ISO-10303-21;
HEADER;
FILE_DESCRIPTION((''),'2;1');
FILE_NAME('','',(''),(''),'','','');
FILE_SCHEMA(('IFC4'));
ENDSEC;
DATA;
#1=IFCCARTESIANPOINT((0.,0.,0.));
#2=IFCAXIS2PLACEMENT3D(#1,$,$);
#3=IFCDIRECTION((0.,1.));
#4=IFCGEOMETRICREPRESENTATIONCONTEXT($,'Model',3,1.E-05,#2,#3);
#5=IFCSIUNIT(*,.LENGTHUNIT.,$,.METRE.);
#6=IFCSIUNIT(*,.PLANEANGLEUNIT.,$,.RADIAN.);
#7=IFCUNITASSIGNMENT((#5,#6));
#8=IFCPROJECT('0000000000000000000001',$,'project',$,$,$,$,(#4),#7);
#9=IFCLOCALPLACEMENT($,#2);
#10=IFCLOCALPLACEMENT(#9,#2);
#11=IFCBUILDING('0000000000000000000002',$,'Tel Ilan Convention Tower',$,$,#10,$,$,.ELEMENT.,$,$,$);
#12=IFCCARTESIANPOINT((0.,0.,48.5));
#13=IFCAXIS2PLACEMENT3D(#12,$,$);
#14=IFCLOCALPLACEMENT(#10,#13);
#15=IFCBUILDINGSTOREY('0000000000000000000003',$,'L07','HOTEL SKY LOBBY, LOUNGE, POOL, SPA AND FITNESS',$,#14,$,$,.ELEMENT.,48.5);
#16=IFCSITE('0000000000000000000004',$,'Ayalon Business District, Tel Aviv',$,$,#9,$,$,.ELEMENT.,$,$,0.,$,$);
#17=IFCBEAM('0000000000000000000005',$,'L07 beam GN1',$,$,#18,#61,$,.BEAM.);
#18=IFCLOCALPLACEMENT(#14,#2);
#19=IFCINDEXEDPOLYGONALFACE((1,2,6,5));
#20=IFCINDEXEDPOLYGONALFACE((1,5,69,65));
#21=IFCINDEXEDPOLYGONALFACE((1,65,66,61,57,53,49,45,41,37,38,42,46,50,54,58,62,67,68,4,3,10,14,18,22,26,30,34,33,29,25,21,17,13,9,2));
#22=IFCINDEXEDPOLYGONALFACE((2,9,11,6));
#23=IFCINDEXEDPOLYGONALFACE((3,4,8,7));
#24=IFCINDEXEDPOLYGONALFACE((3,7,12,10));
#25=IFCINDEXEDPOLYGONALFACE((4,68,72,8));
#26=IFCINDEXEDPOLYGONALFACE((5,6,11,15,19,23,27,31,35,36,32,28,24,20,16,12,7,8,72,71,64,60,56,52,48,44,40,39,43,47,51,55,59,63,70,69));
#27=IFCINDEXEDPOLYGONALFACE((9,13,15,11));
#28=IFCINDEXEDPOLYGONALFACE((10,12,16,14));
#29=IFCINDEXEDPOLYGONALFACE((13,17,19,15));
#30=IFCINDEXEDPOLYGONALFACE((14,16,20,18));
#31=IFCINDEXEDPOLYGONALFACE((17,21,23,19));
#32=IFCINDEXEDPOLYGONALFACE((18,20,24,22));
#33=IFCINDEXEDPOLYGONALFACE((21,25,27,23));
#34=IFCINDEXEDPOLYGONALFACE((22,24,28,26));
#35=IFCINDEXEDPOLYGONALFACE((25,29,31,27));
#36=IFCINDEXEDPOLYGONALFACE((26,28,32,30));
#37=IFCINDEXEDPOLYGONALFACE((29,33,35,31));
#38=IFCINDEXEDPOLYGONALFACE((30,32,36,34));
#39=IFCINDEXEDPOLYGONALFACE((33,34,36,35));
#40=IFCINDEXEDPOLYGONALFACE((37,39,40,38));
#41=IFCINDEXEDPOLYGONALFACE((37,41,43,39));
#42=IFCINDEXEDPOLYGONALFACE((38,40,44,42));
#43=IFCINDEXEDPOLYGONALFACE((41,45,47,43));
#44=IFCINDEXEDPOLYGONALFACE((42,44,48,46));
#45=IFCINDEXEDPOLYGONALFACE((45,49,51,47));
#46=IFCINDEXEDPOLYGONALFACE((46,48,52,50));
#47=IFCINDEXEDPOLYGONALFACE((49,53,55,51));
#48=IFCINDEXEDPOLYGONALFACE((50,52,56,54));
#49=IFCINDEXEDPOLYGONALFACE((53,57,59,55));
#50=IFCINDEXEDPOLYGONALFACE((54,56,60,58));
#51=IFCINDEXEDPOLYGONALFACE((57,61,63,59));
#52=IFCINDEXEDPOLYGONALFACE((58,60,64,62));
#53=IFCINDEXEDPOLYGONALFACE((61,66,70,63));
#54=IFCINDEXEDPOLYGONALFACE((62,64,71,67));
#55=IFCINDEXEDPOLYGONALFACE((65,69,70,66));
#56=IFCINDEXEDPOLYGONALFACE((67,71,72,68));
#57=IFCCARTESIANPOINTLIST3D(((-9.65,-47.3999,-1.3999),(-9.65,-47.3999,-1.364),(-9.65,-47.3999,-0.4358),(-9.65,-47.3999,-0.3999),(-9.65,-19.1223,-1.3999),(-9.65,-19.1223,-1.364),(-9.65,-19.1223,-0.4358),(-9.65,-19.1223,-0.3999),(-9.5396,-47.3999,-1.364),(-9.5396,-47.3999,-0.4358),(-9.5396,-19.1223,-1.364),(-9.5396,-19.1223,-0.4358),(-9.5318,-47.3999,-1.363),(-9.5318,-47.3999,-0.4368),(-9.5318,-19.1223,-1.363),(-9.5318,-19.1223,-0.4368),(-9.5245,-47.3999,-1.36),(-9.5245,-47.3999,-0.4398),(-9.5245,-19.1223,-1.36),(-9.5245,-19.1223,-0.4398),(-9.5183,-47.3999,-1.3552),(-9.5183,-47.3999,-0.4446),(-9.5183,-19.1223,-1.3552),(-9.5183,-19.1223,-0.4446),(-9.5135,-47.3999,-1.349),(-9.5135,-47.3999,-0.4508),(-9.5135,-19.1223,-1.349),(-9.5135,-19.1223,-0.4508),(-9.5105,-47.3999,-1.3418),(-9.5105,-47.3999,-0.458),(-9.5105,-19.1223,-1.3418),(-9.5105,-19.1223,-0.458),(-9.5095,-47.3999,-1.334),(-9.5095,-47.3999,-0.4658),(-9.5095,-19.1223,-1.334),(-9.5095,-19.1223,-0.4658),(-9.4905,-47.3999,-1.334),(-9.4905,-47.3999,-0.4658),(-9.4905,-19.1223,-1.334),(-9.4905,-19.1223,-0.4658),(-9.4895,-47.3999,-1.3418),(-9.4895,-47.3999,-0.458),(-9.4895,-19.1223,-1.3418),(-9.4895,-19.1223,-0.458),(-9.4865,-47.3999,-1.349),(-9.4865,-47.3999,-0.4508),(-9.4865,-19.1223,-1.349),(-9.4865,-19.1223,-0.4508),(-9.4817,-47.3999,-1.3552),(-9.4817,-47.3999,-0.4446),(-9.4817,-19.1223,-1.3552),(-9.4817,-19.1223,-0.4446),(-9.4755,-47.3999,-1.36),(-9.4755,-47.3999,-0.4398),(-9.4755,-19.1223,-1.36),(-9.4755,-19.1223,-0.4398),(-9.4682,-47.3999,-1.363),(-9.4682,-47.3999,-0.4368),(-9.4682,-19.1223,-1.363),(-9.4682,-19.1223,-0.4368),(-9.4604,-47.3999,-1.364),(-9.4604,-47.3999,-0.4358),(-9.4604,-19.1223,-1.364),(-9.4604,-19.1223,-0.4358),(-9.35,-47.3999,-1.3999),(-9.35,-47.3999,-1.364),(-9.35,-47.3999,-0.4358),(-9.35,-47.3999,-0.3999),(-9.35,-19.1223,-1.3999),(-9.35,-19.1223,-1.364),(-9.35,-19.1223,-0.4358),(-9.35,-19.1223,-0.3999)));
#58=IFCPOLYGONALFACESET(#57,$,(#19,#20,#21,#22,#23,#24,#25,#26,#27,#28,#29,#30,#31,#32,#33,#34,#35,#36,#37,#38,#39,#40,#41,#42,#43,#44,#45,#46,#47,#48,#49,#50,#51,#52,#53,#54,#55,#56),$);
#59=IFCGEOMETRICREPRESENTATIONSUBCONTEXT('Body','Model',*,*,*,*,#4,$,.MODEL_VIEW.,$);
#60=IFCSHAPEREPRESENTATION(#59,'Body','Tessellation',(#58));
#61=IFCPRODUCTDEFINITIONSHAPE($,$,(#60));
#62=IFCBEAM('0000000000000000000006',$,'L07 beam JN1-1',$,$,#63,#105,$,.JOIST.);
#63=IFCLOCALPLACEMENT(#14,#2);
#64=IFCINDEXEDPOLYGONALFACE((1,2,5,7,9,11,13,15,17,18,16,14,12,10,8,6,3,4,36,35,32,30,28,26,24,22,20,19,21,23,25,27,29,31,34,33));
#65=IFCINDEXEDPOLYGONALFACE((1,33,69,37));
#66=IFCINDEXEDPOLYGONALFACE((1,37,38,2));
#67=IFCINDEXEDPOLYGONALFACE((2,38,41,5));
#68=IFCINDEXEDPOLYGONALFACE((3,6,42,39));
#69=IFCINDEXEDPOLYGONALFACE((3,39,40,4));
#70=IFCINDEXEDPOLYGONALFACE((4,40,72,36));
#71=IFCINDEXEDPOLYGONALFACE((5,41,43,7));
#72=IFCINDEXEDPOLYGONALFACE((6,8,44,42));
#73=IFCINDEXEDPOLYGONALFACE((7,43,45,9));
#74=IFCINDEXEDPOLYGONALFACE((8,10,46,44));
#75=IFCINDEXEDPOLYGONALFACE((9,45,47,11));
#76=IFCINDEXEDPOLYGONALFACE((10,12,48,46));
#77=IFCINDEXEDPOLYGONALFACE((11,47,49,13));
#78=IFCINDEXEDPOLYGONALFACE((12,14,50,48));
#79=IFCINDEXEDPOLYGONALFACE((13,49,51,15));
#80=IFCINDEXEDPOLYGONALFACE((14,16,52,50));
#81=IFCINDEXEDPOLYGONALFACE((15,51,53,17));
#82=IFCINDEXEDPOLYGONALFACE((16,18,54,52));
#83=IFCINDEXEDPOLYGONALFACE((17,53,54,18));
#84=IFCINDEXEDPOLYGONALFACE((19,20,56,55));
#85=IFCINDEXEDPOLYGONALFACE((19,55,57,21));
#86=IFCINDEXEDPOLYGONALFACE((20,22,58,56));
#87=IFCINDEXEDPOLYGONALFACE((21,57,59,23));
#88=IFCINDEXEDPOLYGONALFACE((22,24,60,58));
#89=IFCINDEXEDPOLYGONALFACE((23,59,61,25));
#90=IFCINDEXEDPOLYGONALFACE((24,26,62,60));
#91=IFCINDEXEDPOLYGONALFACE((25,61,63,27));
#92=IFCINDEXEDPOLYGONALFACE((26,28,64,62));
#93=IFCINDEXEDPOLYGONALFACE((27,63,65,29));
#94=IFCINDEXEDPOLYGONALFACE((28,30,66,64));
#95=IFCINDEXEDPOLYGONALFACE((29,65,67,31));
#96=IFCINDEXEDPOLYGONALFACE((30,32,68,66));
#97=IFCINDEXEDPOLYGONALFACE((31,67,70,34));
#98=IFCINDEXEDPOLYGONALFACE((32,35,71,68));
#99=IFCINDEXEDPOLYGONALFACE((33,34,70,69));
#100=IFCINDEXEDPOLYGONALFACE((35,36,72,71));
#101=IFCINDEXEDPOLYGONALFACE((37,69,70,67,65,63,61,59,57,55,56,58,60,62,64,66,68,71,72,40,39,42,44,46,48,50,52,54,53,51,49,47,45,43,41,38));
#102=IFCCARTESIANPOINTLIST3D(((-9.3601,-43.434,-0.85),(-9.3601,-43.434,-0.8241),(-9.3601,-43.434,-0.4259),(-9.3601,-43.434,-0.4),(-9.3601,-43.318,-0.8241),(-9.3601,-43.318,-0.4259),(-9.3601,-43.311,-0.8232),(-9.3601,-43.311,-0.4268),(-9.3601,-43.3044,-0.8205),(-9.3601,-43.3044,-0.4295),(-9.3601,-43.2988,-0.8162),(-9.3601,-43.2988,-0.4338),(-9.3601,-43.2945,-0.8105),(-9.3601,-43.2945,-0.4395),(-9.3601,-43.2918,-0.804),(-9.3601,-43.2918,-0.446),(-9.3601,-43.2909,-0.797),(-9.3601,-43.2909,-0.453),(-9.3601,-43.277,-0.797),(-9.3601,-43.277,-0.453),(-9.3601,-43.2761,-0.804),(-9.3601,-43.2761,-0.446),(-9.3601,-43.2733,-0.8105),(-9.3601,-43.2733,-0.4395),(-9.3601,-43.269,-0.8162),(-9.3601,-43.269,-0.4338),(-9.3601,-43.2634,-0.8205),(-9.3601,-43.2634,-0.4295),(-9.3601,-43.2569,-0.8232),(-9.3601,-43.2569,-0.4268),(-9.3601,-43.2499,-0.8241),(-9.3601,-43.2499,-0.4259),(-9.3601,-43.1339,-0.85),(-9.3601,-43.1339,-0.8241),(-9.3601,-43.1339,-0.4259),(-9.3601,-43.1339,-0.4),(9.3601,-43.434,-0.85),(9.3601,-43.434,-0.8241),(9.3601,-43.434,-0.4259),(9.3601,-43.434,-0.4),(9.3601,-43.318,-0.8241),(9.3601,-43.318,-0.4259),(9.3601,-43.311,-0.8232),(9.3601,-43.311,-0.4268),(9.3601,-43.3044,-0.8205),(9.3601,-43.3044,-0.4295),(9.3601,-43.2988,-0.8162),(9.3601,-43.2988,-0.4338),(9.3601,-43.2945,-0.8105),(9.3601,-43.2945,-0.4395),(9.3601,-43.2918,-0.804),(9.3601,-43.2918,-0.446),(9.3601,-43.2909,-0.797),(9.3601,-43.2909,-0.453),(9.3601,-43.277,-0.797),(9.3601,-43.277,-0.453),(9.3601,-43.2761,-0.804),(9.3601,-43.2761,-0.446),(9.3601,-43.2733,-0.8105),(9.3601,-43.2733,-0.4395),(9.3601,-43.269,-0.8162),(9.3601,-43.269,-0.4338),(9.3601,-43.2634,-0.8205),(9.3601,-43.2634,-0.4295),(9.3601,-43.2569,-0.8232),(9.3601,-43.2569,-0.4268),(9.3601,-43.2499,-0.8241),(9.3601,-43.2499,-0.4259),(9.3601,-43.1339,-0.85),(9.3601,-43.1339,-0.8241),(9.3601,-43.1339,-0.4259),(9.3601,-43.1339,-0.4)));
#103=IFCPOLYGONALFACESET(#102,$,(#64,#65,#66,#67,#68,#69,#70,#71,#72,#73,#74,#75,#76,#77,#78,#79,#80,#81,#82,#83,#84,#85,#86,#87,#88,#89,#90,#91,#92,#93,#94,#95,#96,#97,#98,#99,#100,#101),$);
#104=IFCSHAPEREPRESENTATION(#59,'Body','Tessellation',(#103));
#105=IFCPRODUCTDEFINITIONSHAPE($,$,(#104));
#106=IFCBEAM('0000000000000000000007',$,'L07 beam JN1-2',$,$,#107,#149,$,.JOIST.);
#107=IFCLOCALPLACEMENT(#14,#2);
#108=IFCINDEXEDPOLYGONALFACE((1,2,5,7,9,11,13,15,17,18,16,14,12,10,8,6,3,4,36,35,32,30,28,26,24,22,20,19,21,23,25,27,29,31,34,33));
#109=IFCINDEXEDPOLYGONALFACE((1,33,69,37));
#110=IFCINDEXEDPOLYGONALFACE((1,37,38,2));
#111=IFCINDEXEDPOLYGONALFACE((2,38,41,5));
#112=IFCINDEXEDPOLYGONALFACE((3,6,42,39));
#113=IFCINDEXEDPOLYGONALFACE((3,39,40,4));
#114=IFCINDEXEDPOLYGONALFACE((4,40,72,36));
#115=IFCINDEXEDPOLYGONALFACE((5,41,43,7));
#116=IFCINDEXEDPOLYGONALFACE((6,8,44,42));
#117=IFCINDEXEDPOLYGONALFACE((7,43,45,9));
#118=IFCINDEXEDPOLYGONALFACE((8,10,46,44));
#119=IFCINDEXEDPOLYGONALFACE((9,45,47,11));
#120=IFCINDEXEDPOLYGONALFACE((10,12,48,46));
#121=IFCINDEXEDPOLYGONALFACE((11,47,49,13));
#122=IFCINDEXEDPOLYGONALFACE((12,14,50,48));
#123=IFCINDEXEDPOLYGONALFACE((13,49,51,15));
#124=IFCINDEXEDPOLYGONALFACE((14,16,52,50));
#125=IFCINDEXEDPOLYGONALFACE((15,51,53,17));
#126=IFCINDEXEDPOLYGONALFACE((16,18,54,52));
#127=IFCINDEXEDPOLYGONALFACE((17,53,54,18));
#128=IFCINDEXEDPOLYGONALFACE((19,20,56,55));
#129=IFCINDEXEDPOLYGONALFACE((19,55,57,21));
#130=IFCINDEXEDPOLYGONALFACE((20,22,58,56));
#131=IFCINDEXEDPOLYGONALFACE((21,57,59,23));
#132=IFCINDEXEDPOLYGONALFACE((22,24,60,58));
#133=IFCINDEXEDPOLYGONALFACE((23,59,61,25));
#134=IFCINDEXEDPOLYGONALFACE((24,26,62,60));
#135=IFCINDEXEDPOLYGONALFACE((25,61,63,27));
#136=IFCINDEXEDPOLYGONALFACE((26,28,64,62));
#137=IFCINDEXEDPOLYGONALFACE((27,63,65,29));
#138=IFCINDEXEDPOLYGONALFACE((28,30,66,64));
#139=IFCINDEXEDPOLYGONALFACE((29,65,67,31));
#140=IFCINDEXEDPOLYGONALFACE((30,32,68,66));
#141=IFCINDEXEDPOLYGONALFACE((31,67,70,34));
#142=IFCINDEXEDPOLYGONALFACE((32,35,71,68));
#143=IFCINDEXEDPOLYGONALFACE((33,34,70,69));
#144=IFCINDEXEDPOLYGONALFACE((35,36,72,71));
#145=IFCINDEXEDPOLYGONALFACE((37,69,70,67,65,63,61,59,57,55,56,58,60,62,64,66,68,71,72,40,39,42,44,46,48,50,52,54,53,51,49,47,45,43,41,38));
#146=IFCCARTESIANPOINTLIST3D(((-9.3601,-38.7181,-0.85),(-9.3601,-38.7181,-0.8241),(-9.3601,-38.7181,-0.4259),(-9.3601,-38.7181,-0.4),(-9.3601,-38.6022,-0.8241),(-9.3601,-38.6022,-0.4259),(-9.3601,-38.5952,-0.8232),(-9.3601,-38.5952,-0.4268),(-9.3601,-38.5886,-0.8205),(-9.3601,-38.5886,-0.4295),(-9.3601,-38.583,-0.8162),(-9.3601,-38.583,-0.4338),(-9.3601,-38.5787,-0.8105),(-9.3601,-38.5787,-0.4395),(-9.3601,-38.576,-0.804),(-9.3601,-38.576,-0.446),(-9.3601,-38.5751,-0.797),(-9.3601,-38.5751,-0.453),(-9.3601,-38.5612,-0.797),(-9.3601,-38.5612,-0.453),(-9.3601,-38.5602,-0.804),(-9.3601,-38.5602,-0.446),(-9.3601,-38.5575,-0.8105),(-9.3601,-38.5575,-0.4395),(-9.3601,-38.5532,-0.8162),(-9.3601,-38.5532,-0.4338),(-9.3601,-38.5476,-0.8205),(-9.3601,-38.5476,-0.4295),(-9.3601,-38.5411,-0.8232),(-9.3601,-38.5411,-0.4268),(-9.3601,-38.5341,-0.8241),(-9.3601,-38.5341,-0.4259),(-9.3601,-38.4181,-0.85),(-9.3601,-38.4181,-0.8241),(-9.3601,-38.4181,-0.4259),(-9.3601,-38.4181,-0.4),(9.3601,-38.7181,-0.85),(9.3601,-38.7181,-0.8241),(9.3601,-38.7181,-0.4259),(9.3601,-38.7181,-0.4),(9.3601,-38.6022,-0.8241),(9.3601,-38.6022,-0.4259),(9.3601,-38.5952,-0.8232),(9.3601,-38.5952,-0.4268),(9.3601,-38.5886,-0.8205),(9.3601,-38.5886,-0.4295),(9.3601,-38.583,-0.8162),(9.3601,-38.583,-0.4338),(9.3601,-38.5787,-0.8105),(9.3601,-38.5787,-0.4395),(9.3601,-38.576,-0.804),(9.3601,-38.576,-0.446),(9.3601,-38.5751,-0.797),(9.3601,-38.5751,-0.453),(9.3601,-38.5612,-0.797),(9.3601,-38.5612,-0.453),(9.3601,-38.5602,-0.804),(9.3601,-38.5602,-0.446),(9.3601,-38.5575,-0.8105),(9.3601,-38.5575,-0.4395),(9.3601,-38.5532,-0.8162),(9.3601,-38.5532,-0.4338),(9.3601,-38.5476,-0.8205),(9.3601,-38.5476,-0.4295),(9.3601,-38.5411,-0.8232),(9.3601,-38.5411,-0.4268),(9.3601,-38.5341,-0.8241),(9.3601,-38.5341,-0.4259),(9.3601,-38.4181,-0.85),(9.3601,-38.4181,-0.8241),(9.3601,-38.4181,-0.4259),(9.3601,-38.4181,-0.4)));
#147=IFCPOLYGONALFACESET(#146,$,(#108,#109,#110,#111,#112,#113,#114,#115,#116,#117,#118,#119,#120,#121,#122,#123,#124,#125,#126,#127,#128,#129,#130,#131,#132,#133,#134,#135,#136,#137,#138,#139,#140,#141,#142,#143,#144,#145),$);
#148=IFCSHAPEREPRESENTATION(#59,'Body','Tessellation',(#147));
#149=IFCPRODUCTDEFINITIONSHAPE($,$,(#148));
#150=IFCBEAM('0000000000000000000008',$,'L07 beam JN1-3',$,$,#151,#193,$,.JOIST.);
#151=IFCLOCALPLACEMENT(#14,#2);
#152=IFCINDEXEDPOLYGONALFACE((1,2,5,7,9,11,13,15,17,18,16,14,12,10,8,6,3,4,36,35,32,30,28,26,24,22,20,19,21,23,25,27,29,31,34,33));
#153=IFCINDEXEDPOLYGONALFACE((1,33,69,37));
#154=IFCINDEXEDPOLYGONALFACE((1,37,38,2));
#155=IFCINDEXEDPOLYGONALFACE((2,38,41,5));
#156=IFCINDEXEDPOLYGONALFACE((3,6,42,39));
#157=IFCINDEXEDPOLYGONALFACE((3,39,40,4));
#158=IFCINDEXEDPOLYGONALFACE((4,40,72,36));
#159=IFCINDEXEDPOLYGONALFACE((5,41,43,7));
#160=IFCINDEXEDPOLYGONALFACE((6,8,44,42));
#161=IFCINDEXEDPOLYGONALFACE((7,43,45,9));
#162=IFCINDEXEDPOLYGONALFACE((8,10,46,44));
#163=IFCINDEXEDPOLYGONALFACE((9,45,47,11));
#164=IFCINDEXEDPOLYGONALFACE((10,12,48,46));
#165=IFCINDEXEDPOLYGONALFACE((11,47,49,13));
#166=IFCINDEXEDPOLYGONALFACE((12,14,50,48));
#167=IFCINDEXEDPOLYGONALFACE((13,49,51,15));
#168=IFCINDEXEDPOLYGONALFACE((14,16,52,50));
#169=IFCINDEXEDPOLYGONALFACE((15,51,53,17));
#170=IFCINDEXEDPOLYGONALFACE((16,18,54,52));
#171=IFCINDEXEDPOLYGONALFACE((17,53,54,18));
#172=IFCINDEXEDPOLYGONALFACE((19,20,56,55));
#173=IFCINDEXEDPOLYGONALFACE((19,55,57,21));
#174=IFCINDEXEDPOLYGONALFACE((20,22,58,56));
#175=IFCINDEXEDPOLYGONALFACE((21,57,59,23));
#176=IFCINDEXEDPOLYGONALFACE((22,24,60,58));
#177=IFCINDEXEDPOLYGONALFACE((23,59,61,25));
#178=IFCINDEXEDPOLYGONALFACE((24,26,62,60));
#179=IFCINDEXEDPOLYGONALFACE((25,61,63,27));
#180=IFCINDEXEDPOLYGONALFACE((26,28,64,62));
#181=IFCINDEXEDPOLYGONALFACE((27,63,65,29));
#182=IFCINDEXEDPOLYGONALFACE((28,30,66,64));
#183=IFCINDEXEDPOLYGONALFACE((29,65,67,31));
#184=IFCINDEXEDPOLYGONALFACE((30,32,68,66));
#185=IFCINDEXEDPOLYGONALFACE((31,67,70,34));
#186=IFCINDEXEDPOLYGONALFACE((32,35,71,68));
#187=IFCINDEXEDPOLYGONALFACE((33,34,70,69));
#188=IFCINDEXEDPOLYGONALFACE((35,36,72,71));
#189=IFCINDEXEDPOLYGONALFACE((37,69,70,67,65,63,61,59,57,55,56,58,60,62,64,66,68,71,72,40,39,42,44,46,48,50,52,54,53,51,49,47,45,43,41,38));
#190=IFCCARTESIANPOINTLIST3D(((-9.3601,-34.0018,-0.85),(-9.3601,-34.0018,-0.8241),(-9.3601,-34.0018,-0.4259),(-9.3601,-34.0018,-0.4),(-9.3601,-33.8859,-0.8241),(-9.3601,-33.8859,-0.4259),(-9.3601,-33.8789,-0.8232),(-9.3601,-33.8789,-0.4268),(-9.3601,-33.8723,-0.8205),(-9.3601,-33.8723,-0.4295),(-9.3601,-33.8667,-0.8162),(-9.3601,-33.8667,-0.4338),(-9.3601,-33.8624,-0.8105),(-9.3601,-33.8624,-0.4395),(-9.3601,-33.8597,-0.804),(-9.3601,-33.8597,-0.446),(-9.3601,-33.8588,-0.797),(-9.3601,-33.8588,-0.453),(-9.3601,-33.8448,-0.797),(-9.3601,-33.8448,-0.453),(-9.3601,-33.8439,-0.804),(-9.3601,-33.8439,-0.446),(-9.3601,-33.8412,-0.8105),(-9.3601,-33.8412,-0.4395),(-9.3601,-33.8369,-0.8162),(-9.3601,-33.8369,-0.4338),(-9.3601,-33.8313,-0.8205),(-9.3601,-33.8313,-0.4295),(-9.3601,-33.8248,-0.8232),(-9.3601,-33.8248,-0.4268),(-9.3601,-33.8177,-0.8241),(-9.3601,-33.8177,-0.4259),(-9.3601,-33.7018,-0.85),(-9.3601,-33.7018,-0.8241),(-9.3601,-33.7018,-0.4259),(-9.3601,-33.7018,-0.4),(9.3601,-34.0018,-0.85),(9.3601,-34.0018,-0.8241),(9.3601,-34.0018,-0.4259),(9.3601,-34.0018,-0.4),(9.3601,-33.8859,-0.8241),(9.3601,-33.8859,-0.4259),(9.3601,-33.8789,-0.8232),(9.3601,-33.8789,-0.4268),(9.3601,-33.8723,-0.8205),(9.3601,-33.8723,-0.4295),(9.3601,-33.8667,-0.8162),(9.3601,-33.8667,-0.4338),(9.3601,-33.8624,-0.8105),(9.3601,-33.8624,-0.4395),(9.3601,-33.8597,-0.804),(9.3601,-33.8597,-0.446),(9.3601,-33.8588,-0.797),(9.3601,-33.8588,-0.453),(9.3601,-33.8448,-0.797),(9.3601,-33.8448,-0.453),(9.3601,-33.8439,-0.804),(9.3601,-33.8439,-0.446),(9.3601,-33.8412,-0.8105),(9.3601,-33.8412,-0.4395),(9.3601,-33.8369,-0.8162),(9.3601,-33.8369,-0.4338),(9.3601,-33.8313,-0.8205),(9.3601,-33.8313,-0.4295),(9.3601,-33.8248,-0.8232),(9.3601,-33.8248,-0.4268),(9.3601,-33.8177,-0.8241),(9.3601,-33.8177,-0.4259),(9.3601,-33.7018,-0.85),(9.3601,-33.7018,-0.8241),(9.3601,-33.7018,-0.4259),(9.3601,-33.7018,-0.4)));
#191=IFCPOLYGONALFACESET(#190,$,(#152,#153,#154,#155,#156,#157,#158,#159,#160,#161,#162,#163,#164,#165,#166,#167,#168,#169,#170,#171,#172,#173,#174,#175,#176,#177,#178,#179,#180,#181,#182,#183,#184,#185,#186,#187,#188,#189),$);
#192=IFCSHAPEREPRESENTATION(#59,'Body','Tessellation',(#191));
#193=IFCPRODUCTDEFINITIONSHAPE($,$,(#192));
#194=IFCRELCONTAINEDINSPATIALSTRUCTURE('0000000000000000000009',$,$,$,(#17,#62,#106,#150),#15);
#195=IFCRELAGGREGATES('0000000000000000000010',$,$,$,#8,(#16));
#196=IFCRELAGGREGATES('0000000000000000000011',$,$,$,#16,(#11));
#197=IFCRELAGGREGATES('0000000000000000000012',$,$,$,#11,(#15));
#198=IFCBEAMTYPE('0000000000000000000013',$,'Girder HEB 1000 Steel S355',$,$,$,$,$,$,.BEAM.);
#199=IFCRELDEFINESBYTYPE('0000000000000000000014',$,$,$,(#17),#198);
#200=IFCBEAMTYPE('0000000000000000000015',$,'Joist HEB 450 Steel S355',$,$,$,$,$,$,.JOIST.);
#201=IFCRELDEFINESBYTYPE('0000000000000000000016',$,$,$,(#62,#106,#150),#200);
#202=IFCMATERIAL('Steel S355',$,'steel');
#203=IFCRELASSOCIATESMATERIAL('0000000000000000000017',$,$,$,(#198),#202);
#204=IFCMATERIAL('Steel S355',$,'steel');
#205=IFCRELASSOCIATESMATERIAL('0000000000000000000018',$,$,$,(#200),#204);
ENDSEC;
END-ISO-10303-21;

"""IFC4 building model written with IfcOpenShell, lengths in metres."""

from ifc_helpers import new_model, si_unit, direction, frame, origin, origin_2d, place, context, subcontext, project, spatial, i_section, extrude, material, material_profile, profile_set, type_object, element, save


model = new_model("IFC4")

# Units and contexts
model_context = context("Model", 3, precision=1e-05, world=origin(), true_north=direction((0.0, 1.0)))
body_context = subcontext(model_context, "Body", "Model", "MODEL_VIEW")
ifc_project = project(units=[si_unit("LENGTHUNIT", "METRE"), si_unit("PLANEANGLEUNIT", "RADIAN")], contexts=[model_context])

# Site, building, storey
site_placement = place(None, origin())
site = spatial("IfcSite", under=ifc_project, at=site_placement, Name="Ayalon Business District, Tel Aviv", CompositionType="ELEMENT", RefElevation=0.0)
building_placement = place(site_placement, origin())
building = spatial("IfcBuilding", under=site, at=building_placement, Name="Tel Ilan Convention Tower", CompositionType="ELEMENT")
storey_placement = place(building_placement, frame((0.0, 0.0, 48.5)))
storey = spatial("IfcBuildingStorey", under=building, at=storey_placement, Name="L07", Description="HOTEL SKY LOBBY, LOUNGE, POOL, SPA AND FITNESS", CompositionType="ELEMENT", Elevation=48.5)

# Beams
ifc_material_1 = material(Name="Steel S355", Category="steel")
ifc_material_profile_1 = material_profile(ifc_material_1, i_section(OverallWidth=0.3, OverallDepth=1.0, WebThickness=0.019, FlangeThickness=0.0359, FilletRadius=0.03, at=origin_2d()), Name="HEB 1000")
ifc_profile_set_1 = profile_set([ifc_material_profile_1], Name="Steel S355")
beam_type_1 = type_object("IfcBeamType", Name="Girder HEB 1000 Steel S355", PredefinedType="BEAM", material=ifc_profile_set_1)
beam_1_placement = place(storey_placement, frame((-9.5, -47.3999, -0.8999), z_axis=(0.0, 1.0, 0.0), x_axis=(-1.0, 0.0, 0.0)))
element("IfcBeam", 1, at=beam_1_placement, inside=storey, type_object=beam_type_1, Name="L07 beam GN1", PredefinedType="BEAM", context=body_context, shape_type="SweptSolid", body=[
    extrude(i_section(OverallWidth=0.3, OverallDepth=1.0, WebThickness=0.019, FlangeThickness=0.0359, FilletRadius=0.03, at=origin_2d()), origin(), (0.0, 0.0, 1.0), 28.2776),
])
ifc_material_2 = material(Name="Steel S355", Category="steel")
ifc_material_profile_2 = material_profile(ifc_material_2, i_section(OverallWidth=0.3, OverallDepth=0.45, WebThickness=0.0139, FlangeThickness=0.0259, FilletRadius=0.0271, at=origin_2d()), Name="HEB 450")
ifc_profile_set_2 = profile_set([ifc_material_profile_2], Name="Steel S355")
beam_type_2 = type_object("IfcBeamType", Name="Joist HEB 450 Steel S355", PredefinedType="JOIST", material=ifc_profile_set_2)
for number, where, z_axis, x_axis, name in (
    (2, (-9.3601, -43.2839, -0.625), (1.0, 0.0, 0.0), (0.0, 1.0, 0.0), "L07 beam JN1-1"),
    (3, (-9.3601, -38.5681, -0.625), (1.0, 0.0, 0.0), (0.0, 1.0, 0.0), "L07 beam JN1-2"),
    (4, (-9.3601, -33.8518, -0.625), (1.0, 0.0, 0.0), (0.0, 1.0, 0.0), "L07 beam JN1-3"),
):
    element("IfcBeam", number, at=place(storey_placement, frame(where, z_axis=z_axis, x_axis=x_axis)), inside=storey, type_object=beam_type_2, Name=name, PredefinedType="JOIST", context=body_context, shape_type="SweptSolid", body=[
        extrude(i_section(OverallWidth=0.3, OverallDepth=0.45, WebThickness=0.0139, FlangeThickness=0.0259, FilletRadius=0.0271, at=origin_2d()), origin(), (0.0, 0.0, 1.0), 18.7202),
    ])

save(model, "model.ifc")
